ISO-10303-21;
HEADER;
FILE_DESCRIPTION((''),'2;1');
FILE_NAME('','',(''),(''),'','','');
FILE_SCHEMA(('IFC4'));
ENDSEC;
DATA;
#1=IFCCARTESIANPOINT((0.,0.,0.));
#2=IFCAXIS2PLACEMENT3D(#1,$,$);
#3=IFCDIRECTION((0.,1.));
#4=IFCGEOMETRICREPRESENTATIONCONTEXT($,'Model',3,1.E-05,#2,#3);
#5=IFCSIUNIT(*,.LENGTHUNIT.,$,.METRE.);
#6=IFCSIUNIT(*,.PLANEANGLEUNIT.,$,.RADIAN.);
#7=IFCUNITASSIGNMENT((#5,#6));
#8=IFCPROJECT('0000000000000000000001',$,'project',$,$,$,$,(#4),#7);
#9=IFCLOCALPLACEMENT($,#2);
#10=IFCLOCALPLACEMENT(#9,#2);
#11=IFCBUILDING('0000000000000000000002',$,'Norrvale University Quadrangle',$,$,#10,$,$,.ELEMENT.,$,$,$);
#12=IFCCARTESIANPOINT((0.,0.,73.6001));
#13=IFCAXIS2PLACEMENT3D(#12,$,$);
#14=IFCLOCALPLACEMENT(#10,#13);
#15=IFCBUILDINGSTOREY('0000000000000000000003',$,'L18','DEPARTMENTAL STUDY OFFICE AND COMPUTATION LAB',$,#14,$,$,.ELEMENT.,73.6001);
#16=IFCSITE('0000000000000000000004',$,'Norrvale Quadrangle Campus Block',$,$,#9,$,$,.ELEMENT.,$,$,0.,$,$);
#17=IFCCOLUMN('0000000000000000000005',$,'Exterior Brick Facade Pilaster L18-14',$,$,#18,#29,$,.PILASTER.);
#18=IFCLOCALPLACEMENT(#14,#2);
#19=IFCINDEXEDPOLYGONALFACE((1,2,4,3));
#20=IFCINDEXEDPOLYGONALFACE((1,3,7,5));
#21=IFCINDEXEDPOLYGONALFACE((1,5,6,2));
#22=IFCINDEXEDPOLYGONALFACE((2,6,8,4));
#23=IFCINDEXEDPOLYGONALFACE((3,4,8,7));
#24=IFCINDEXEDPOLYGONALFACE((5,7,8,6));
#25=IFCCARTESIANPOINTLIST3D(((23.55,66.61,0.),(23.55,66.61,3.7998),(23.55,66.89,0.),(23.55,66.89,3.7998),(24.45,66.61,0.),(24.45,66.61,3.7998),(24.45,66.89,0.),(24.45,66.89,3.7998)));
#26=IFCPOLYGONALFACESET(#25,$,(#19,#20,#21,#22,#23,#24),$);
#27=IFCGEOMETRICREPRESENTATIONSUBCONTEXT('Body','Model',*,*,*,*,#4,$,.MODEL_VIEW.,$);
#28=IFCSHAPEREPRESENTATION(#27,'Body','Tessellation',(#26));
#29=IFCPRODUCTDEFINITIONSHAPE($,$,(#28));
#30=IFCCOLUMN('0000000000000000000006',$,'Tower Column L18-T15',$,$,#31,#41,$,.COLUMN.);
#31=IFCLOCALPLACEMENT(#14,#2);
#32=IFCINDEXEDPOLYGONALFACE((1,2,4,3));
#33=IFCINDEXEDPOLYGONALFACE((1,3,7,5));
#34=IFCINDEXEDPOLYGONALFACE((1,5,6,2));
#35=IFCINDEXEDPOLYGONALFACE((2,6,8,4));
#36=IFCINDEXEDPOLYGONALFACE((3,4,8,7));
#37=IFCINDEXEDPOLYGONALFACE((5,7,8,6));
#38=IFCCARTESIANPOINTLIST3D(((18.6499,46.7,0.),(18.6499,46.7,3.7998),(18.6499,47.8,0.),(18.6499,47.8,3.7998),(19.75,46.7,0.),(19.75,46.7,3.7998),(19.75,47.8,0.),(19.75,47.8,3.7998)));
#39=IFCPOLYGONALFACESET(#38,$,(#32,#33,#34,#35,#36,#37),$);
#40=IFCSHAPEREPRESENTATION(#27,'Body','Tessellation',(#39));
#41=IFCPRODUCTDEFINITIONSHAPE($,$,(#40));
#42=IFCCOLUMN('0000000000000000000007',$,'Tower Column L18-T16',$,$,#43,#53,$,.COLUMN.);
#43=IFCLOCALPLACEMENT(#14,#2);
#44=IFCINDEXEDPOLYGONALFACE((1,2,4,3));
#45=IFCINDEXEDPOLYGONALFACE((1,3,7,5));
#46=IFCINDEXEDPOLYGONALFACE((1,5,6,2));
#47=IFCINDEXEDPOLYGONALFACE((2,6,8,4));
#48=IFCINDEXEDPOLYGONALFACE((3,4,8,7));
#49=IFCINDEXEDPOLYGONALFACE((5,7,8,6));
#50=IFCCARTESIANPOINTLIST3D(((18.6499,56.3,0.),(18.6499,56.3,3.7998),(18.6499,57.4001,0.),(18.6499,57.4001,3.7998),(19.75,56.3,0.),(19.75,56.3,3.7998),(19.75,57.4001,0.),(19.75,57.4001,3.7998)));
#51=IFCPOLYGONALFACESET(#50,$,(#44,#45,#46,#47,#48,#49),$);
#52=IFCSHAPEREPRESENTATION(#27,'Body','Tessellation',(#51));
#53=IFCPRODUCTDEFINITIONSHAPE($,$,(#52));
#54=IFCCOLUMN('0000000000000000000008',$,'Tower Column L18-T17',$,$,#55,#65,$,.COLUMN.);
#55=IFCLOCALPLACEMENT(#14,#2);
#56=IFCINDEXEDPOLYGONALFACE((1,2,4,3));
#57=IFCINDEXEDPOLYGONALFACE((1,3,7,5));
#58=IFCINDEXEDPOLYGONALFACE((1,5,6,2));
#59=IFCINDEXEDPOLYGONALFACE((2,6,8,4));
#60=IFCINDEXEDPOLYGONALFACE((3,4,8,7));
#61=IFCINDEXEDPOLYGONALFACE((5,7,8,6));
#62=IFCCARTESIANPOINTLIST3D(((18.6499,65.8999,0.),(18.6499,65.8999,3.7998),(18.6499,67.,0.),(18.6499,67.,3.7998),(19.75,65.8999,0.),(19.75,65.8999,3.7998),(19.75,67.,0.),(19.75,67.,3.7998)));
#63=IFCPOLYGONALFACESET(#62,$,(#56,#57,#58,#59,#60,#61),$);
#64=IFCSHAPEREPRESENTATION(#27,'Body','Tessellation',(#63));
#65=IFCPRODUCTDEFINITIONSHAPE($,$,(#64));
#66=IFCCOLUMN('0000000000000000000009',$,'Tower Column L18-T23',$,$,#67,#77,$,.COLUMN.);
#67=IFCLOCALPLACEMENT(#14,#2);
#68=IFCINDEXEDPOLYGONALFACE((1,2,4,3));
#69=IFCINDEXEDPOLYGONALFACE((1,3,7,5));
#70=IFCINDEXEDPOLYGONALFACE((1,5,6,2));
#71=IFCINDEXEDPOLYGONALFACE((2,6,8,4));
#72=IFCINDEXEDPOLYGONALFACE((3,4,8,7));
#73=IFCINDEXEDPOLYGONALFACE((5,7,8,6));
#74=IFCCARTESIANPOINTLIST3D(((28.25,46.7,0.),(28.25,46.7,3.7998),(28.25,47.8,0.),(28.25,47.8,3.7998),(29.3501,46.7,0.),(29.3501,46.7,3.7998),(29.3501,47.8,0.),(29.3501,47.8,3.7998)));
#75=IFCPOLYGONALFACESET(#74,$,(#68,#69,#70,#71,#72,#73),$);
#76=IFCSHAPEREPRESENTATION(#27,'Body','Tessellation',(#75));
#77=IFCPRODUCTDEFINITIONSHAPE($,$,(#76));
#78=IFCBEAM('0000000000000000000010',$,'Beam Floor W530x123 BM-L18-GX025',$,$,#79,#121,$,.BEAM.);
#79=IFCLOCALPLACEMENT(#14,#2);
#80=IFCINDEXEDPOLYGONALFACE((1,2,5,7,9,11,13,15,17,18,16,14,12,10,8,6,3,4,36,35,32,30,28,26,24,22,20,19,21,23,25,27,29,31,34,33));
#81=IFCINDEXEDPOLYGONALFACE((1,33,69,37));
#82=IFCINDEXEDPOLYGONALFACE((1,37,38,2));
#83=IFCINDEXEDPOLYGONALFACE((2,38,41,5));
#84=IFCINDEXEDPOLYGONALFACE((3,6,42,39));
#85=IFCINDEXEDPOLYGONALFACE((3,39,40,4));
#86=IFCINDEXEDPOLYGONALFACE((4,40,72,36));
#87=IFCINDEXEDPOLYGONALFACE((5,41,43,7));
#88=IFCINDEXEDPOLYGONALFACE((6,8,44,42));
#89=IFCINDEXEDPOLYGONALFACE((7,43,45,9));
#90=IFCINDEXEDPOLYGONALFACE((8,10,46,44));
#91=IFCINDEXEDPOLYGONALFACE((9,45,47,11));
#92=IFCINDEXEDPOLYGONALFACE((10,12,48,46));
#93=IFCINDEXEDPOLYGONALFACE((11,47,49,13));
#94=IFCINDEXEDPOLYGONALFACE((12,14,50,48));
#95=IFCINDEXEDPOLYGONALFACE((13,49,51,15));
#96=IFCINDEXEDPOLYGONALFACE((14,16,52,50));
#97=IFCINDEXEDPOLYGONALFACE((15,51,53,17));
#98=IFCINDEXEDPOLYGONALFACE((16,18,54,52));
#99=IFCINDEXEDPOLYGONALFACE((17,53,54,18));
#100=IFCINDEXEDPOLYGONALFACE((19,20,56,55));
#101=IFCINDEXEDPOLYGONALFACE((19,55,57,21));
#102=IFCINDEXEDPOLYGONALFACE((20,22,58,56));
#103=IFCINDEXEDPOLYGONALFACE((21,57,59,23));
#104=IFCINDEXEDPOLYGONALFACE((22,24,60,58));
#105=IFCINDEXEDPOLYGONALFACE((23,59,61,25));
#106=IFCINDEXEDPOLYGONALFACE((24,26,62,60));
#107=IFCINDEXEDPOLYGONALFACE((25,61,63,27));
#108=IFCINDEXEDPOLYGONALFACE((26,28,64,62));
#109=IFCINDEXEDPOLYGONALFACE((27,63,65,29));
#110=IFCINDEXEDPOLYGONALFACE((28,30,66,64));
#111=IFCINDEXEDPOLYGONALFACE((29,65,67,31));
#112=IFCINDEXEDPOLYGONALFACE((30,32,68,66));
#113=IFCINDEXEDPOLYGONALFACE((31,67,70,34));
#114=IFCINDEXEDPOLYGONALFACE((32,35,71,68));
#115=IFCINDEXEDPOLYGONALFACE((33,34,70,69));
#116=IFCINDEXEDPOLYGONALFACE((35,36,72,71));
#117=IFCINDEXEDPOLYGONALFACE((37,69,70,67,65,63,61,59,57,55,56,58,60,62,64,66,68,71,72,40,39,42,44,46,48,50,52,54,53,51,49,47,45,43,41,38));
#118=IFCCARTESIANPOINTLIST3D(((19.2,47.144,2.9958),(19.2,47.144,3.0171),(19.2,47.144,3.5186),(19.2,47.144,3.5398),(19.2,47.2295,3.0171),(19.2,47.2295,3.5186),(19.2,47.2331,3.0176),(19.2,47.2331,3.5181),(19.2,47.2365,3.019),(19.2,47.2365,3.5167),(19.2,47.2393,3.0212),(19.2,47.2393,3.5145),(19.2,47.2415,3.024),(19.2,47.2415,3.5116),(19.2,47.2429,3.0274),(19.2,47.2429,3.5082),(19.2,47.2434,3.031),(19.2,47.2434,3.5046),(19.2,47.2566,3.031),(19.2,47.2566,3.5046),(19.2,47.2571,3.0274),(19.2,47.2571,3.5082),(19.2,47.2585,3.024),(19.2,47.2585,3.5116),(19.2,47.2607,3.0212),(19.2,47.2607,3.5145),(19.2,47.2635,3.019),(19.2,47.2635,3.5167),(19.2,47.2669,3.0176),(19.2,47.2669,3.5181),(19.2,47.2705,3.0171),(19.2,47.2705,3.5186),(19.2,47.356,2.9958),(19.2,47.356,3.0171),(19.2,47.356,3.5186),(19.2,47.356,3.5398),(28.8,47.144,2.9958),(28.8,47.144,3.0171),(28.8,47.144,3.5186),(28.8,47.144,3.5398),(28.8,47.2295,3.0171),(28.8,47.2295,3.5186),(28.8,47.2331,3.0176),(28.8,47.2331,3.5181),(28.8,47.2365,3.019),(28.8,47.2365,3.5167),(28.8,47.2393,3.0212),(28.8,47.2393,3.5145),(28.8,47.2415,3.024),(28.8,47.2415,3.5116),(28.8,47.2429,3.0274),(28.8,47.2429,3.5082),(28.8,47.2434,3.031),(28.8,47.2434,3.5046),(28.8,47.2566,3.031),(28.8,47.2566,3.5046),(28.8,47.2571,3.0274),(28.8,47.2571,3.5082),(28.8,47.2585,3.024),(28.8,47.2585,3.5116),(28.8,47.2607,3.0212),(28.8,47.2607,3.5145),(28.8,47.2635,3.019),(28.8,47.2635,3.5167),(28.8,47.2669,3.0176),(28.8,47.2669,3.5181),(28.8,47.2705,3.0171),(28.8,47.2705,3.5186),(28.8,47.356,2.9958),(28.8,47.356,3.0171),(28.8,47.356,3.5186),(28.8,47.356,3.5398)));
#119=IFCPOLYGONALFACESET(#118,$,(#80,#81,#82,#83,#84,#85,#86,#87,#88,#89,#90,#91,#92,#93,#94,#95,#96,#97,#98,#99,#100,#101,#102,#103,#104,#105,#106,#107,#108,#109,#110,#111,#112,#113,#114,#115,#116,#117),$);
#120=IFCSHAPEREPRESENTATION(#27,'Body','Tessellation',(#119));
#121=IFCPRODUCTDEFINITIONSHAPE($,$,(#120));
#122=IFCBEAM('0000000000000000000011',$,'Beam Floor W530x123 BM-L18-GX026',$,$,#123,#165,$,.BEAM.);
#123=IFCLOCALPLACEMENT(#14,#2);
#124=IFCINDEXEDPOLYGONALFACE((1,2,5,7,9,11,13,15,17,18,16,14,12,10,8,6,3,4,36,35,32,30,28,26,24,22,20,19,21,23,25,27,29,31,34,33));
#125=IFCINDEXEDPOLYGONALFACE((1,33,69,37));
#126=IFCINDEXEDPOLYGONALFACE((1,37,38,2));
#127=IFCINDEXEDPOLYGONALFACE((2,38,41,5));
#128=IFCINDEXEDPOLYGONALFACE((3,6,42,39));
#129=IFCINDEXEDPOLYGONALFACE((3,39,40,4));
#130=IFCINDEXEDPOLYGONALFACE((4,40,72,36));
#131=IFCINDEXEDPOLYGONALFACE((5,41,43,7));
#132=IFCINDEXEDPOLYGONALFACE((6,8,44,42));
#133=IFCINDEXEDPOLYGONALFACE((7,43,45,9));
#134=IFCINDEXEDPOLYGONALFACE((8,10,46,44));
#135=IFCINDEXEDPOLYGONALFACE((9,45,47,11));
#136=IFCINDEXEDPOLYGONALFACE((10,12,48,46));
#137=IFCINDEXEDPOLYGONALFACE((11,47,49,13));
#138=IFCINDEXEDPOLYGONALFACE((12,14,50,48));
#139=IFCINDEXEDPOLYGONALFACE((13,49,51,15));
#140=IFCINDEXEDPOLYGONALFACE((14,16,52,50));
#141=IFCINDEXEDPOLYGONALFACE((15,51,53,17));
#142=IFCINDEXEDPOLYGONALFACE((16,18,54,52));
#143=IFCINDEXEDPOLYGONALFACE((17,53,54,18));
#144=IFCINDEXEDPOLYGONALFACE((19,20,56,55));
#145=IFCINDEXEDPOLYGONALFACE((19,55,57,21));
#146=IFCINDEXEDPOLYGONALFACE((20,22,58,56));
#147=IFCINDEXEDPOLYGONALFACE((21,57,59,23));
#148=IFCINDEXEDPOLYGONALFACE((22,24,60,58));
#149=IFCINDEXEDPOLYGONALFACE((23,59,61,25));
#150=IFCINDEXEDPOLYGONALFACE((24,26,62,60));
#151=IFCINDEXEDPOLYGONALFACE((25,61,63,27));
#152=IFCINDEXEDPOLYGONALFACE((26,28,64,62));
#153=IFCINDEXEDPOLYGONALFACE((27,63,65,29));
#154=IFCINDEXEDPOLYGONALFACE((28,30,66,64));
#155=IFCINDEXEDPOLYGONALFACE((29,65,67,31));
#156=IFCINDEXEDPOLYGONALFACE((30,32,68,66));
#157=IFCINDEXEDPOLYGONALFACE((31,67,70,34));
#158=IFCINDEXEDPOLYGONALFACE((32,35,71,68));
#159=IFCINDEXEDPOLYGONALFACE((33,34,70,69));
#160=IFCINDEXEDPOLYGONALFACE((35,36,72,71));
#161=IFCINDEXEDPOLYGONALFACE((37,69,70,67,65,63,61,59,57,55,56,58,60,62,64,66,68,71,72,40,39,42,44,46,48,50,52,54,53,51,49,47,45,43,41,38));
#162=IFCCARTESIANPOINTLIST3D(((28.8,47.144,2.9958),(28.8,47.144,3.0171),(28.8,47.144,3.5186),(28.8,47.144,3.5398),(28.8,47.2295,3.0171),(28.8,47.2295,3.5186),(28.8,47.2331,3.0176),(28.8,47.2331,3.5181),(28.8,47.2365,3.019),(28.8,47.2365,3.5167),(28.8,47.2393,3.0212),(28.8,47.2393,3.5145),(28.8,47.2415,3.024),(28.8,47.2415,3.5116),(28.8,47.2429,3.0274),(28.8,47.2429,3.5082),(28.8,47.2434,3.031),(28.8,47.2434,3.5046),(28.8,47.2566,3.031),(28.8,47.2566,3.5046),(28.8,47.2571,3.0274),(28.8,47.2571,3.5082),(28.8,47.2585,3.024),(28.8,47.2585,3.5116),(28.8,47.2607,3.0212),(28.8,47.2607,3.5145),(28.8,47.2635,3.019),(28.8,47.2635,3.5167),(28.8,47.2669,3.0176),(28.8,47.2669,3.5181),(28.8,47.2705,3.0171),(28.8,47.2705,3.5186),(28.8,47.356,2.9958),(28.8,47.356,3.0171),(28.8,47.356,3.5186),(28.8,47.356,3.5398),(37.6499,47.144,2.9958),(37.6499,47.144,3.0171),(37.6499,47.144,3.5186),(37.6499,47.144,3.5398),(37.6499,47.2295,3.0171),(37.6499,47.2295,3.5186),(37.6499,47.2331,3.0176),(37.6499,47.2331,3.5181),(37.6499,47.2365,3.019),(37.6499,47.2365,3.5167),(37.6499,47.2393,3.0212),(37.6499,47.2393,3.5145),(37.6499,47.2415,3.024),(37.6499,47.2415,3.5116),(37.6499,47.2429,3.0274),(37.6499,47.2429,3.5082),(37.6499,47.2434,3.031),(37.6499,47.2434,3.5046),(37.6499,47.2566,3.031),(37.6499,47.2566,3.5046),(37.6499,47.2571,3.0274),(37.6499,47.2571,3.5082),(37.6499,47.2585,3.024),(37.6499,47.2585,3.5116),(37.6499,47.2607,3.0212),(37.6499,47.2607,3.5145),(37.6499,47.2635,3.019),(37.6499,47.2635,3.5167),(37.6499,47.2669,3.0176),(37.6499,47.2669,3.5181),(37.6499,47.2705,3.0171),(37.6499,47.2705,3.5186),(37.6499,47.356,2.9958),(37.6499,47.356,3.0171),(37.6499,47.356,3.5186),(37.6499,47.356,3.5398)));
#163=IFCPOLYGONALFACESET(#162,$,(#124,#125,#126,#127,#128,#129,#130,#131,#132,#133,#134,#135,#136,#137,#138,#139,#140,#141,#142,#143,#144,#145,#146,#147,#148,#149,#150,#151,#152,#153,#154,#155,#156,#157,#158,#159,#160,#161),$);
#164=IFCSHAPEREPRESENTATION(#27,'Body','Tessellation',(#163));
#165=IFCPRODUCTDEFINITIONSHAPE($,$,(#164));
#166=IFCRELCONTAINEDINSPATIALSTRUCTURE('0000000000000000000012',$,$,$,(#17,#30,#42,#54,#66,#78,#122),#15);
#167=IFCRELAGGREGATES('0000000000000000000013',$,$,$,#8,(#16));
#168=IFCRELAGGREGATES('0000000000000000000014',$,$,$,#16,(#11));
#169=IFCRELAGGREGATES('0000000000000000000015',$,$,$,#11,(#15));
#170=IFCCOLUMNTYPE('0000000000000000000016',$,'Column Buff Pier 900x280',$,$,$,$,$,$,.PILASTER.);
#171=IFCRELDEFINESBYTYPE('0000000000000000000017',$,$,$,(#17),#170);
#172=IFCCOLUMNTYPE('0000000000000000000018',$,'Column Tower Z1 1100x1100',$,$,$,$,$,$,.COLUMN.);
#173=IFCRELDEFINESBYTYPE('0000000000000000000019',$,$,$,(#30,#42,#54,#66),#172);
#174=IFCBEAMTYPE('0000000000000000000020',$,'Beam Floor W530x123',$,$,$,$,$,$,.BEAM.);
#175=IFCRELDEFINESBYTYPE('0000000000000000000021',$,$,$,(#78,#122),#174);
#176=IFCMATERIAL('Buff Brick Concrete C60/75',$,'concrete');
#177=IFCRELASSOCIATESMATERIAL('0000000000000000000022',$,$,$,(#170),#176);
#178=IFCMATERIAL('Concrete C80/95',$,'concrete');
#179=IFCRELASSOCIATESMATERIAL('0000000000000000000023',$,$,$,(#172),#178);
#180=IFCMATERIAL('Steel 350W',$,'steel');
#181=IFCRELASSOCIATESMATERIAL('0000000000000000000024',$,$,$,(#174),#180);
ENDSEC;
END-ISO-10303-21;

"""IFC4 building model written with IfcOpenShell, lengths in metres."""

from ifc_helpers import new_model, si_unit, direction, frame, origin, origin_2d, place, context, subcontext, project, spatial, rectangle, i_section, extrude, material, material_profile, profile_set, type_object, element, save


model = new_model("IFC4")

# Units and contexts
model_context = context("Model", 3, precision=1e-05, world=origin(), true_north=direction((0.0, 1.0)))
body_context = subcontext(model_context, "Body", "Model", "MODEL_VIEW")
ifc_project = project(units=[si_unit("LENGTHUNIT", "METRE"), si_unit("PLANEANGLEUNIT", "RADIAN")], contexts=[model_context])

# Site, building, storey
site_placement = place(None, origin())
site = spatial("IfcSite", under=ifc_project, at=site_placement, Name="Norrvale Quadrangle Campus Block", CompositionType="ELEMENT", RefElevation=0.0)
building_placement = place(site_placement, origin())
building = spatial("IfcBuilding", under=site, at=building_placement, Name="Norrvale University Quadrangle", CompositionType="ELEMENT")
storey_placement = place(building_placement, frame((0.0, 0.0, 73.6001)))
storey = spatial("IfcBuildingStorey", under=building, at=storey_placement, Name="L18", Description="DEPARTMENTAL STUDY OFFICE AND COMPUTATION LAB", CompositionType="ELEMENT", Elevation=73.6001)

# Columns
ifc_material_1 = material(Name="Buff Brick Concrete C60/75", Category="concrete")
ifc_material_profile_1 = material_profile(ifc_material_1, rectangle(XDim=0.8999, YDim=0.28, at=origin_2d()), Name="Buff Brick Concrete C60/75")
ifc_profile_set_1 = profile_set([ifc_material_profile_1], Name="Buff Brick Concrete C60/75")
column_type_1 = type_object("IfcColumnType", Name="Column Buff Pier 900x280", PredefinedType="PILASTER", material=ifc_profile_set_1)
column_placement = place(storey_placement, frame((24.0, 66.75, 0.0), z_axis=(0.0, 0.0, 1.0), x_axis=(1.0, 0.0, 0.0)))
element("IfcColumn", 1, at=column_placement, inside=storey, type_object=column_type_1, Name="Exterior Brick Facade Pilaster L18-14", PredefinedType="PILASTER", context=body_context, shape_type="SweptSolid", body=[
    extrude(rectangle(XDim=0.8999, YDim=0.28, at=origin_2d()), origin(), (0.0, 0.0, 1.0), 3.7998),
])
ifc_material_2 = material(Name="Concrete C80/95", Category="concrete")
ifc_material_profile_2 = material_profile(ifc_material_2, rectangle(XDim=1.1001, YDim=1.1001, at=origin_2d()), Name="Concrete C80/95")
ifc_profile_set_2 = profile_set([ifc_material_profile_2], Name="Concrete C80/95")
column_type_2 = type_object("IfcColumnType", Name="Column Tower Z1 1100x1100", PredefinedType="COLUMN", material=ifc_profile_set_2)
for number, where, z_axis, x_axis, name in (
    (2, (19.2, 47.25, 0.0), (0.0, 0.0, 1.0), (1.0, 0.0, 0.0), "Tower Column L18-T15"),
    (3, (19.2, 56.8501, 0.0), (0.0, 0.0, 1.0), (1.0, 0.0, 0.0), "Tower Column L18-T16"),
    (4, (19.2, 66.45, 0.0), (0.0, 0.0, 1.0), (1.0, 0.0, 0.0), "Tower Column L18-T17"),
    (5, (28.8, 47.25, 0.0), (0.0, 0.0, 1.0), (1.0, 0.0, 0.0), "Tower Column L18-T23"),
):
    element("IfcColumn", number, at=place(storey_placement, frame(where, z_axis=z_axis, x_axis=x_axis)), inside=storey, type_object=column_type_2, Name=name, PredefinedType="COLUMN", context=body_context, shape_type="SweptSolid", body=[
        extrude(rectangle(XDim=1.1001, YDim=1.1001, at=origin_2d()), origin(), (0.0, 0.0, 1.0), 3.7998),
    ])

# Beams
ifc_material_3 = material(Name="Steel 350W", Category="steel")
ifc_material_profile_3 = material_profile(ifc_material_3, i_section(OverallWidth=0.2119, OverallDepth=0.5439, WebThickness=0.0132, FlangeThickness=0.0212, FilletRadius=0.0139, at=origin_2d()), Name="Steel 350W")
ifc_profile_set_3 = profile_set([ifc_material_profile_3], Name="Steel 350W")
beam_type_1 = type_object("IfcBeamType", Name="Beam Floor W530x123", PredefinedType="BEAM", material=ifc_profile_set_3)
beam_1_placement = place(storey_placement, frame((19.2, 47.25, 3.2678), z_axis=(1.0, 0.0, 0.0), x_axis=(0.0, 1.0, 0.0)))
element("IfcBeam", 6, at=beam_1_placement, inside=storey, type_object=beam_type_1, Name="Beam Floor W530x123 BM-L18-GX025", PredefinedType="BEAM", context=body_context, shape_type="SweptSolid", body=[
    extrude(i_section(OverallWidth=0.2119, OverallDepth=0.5439, WebThickness=0.0132, FlangeThickness=0.0212, FilletRadius=0.0139, at=origin_2d()), origin(), (0.0, 0.0, 1.0), 9.6001),
])
beam_2_placement = place(storey_placement, frame((28.8, 47.25, 3.2678), z_axis=(1.0, 0.0, 0.0), x_axis=(0.0, 1.0, 0.0)))
element("IfcBeam", 7, at=beam_2_placement, inside=storey, type_object=beam_type_1, Name="Beam Floor W530x123 BM-L18-GX026", PredefinedType="BEAM", context=body_context, shape_type="SweptSolid", body=[
    extrude(i_section(OverallWidth=0.2119, OverallDepth=0.5439, WebThickness=0.0132, FlangeThickness=0.0212, FilletRadius=0.0139, at=origin_2d()), origin(), (0.0, 0.0, 1.0), 8.8499),
])

save(model, "model.ifc")
